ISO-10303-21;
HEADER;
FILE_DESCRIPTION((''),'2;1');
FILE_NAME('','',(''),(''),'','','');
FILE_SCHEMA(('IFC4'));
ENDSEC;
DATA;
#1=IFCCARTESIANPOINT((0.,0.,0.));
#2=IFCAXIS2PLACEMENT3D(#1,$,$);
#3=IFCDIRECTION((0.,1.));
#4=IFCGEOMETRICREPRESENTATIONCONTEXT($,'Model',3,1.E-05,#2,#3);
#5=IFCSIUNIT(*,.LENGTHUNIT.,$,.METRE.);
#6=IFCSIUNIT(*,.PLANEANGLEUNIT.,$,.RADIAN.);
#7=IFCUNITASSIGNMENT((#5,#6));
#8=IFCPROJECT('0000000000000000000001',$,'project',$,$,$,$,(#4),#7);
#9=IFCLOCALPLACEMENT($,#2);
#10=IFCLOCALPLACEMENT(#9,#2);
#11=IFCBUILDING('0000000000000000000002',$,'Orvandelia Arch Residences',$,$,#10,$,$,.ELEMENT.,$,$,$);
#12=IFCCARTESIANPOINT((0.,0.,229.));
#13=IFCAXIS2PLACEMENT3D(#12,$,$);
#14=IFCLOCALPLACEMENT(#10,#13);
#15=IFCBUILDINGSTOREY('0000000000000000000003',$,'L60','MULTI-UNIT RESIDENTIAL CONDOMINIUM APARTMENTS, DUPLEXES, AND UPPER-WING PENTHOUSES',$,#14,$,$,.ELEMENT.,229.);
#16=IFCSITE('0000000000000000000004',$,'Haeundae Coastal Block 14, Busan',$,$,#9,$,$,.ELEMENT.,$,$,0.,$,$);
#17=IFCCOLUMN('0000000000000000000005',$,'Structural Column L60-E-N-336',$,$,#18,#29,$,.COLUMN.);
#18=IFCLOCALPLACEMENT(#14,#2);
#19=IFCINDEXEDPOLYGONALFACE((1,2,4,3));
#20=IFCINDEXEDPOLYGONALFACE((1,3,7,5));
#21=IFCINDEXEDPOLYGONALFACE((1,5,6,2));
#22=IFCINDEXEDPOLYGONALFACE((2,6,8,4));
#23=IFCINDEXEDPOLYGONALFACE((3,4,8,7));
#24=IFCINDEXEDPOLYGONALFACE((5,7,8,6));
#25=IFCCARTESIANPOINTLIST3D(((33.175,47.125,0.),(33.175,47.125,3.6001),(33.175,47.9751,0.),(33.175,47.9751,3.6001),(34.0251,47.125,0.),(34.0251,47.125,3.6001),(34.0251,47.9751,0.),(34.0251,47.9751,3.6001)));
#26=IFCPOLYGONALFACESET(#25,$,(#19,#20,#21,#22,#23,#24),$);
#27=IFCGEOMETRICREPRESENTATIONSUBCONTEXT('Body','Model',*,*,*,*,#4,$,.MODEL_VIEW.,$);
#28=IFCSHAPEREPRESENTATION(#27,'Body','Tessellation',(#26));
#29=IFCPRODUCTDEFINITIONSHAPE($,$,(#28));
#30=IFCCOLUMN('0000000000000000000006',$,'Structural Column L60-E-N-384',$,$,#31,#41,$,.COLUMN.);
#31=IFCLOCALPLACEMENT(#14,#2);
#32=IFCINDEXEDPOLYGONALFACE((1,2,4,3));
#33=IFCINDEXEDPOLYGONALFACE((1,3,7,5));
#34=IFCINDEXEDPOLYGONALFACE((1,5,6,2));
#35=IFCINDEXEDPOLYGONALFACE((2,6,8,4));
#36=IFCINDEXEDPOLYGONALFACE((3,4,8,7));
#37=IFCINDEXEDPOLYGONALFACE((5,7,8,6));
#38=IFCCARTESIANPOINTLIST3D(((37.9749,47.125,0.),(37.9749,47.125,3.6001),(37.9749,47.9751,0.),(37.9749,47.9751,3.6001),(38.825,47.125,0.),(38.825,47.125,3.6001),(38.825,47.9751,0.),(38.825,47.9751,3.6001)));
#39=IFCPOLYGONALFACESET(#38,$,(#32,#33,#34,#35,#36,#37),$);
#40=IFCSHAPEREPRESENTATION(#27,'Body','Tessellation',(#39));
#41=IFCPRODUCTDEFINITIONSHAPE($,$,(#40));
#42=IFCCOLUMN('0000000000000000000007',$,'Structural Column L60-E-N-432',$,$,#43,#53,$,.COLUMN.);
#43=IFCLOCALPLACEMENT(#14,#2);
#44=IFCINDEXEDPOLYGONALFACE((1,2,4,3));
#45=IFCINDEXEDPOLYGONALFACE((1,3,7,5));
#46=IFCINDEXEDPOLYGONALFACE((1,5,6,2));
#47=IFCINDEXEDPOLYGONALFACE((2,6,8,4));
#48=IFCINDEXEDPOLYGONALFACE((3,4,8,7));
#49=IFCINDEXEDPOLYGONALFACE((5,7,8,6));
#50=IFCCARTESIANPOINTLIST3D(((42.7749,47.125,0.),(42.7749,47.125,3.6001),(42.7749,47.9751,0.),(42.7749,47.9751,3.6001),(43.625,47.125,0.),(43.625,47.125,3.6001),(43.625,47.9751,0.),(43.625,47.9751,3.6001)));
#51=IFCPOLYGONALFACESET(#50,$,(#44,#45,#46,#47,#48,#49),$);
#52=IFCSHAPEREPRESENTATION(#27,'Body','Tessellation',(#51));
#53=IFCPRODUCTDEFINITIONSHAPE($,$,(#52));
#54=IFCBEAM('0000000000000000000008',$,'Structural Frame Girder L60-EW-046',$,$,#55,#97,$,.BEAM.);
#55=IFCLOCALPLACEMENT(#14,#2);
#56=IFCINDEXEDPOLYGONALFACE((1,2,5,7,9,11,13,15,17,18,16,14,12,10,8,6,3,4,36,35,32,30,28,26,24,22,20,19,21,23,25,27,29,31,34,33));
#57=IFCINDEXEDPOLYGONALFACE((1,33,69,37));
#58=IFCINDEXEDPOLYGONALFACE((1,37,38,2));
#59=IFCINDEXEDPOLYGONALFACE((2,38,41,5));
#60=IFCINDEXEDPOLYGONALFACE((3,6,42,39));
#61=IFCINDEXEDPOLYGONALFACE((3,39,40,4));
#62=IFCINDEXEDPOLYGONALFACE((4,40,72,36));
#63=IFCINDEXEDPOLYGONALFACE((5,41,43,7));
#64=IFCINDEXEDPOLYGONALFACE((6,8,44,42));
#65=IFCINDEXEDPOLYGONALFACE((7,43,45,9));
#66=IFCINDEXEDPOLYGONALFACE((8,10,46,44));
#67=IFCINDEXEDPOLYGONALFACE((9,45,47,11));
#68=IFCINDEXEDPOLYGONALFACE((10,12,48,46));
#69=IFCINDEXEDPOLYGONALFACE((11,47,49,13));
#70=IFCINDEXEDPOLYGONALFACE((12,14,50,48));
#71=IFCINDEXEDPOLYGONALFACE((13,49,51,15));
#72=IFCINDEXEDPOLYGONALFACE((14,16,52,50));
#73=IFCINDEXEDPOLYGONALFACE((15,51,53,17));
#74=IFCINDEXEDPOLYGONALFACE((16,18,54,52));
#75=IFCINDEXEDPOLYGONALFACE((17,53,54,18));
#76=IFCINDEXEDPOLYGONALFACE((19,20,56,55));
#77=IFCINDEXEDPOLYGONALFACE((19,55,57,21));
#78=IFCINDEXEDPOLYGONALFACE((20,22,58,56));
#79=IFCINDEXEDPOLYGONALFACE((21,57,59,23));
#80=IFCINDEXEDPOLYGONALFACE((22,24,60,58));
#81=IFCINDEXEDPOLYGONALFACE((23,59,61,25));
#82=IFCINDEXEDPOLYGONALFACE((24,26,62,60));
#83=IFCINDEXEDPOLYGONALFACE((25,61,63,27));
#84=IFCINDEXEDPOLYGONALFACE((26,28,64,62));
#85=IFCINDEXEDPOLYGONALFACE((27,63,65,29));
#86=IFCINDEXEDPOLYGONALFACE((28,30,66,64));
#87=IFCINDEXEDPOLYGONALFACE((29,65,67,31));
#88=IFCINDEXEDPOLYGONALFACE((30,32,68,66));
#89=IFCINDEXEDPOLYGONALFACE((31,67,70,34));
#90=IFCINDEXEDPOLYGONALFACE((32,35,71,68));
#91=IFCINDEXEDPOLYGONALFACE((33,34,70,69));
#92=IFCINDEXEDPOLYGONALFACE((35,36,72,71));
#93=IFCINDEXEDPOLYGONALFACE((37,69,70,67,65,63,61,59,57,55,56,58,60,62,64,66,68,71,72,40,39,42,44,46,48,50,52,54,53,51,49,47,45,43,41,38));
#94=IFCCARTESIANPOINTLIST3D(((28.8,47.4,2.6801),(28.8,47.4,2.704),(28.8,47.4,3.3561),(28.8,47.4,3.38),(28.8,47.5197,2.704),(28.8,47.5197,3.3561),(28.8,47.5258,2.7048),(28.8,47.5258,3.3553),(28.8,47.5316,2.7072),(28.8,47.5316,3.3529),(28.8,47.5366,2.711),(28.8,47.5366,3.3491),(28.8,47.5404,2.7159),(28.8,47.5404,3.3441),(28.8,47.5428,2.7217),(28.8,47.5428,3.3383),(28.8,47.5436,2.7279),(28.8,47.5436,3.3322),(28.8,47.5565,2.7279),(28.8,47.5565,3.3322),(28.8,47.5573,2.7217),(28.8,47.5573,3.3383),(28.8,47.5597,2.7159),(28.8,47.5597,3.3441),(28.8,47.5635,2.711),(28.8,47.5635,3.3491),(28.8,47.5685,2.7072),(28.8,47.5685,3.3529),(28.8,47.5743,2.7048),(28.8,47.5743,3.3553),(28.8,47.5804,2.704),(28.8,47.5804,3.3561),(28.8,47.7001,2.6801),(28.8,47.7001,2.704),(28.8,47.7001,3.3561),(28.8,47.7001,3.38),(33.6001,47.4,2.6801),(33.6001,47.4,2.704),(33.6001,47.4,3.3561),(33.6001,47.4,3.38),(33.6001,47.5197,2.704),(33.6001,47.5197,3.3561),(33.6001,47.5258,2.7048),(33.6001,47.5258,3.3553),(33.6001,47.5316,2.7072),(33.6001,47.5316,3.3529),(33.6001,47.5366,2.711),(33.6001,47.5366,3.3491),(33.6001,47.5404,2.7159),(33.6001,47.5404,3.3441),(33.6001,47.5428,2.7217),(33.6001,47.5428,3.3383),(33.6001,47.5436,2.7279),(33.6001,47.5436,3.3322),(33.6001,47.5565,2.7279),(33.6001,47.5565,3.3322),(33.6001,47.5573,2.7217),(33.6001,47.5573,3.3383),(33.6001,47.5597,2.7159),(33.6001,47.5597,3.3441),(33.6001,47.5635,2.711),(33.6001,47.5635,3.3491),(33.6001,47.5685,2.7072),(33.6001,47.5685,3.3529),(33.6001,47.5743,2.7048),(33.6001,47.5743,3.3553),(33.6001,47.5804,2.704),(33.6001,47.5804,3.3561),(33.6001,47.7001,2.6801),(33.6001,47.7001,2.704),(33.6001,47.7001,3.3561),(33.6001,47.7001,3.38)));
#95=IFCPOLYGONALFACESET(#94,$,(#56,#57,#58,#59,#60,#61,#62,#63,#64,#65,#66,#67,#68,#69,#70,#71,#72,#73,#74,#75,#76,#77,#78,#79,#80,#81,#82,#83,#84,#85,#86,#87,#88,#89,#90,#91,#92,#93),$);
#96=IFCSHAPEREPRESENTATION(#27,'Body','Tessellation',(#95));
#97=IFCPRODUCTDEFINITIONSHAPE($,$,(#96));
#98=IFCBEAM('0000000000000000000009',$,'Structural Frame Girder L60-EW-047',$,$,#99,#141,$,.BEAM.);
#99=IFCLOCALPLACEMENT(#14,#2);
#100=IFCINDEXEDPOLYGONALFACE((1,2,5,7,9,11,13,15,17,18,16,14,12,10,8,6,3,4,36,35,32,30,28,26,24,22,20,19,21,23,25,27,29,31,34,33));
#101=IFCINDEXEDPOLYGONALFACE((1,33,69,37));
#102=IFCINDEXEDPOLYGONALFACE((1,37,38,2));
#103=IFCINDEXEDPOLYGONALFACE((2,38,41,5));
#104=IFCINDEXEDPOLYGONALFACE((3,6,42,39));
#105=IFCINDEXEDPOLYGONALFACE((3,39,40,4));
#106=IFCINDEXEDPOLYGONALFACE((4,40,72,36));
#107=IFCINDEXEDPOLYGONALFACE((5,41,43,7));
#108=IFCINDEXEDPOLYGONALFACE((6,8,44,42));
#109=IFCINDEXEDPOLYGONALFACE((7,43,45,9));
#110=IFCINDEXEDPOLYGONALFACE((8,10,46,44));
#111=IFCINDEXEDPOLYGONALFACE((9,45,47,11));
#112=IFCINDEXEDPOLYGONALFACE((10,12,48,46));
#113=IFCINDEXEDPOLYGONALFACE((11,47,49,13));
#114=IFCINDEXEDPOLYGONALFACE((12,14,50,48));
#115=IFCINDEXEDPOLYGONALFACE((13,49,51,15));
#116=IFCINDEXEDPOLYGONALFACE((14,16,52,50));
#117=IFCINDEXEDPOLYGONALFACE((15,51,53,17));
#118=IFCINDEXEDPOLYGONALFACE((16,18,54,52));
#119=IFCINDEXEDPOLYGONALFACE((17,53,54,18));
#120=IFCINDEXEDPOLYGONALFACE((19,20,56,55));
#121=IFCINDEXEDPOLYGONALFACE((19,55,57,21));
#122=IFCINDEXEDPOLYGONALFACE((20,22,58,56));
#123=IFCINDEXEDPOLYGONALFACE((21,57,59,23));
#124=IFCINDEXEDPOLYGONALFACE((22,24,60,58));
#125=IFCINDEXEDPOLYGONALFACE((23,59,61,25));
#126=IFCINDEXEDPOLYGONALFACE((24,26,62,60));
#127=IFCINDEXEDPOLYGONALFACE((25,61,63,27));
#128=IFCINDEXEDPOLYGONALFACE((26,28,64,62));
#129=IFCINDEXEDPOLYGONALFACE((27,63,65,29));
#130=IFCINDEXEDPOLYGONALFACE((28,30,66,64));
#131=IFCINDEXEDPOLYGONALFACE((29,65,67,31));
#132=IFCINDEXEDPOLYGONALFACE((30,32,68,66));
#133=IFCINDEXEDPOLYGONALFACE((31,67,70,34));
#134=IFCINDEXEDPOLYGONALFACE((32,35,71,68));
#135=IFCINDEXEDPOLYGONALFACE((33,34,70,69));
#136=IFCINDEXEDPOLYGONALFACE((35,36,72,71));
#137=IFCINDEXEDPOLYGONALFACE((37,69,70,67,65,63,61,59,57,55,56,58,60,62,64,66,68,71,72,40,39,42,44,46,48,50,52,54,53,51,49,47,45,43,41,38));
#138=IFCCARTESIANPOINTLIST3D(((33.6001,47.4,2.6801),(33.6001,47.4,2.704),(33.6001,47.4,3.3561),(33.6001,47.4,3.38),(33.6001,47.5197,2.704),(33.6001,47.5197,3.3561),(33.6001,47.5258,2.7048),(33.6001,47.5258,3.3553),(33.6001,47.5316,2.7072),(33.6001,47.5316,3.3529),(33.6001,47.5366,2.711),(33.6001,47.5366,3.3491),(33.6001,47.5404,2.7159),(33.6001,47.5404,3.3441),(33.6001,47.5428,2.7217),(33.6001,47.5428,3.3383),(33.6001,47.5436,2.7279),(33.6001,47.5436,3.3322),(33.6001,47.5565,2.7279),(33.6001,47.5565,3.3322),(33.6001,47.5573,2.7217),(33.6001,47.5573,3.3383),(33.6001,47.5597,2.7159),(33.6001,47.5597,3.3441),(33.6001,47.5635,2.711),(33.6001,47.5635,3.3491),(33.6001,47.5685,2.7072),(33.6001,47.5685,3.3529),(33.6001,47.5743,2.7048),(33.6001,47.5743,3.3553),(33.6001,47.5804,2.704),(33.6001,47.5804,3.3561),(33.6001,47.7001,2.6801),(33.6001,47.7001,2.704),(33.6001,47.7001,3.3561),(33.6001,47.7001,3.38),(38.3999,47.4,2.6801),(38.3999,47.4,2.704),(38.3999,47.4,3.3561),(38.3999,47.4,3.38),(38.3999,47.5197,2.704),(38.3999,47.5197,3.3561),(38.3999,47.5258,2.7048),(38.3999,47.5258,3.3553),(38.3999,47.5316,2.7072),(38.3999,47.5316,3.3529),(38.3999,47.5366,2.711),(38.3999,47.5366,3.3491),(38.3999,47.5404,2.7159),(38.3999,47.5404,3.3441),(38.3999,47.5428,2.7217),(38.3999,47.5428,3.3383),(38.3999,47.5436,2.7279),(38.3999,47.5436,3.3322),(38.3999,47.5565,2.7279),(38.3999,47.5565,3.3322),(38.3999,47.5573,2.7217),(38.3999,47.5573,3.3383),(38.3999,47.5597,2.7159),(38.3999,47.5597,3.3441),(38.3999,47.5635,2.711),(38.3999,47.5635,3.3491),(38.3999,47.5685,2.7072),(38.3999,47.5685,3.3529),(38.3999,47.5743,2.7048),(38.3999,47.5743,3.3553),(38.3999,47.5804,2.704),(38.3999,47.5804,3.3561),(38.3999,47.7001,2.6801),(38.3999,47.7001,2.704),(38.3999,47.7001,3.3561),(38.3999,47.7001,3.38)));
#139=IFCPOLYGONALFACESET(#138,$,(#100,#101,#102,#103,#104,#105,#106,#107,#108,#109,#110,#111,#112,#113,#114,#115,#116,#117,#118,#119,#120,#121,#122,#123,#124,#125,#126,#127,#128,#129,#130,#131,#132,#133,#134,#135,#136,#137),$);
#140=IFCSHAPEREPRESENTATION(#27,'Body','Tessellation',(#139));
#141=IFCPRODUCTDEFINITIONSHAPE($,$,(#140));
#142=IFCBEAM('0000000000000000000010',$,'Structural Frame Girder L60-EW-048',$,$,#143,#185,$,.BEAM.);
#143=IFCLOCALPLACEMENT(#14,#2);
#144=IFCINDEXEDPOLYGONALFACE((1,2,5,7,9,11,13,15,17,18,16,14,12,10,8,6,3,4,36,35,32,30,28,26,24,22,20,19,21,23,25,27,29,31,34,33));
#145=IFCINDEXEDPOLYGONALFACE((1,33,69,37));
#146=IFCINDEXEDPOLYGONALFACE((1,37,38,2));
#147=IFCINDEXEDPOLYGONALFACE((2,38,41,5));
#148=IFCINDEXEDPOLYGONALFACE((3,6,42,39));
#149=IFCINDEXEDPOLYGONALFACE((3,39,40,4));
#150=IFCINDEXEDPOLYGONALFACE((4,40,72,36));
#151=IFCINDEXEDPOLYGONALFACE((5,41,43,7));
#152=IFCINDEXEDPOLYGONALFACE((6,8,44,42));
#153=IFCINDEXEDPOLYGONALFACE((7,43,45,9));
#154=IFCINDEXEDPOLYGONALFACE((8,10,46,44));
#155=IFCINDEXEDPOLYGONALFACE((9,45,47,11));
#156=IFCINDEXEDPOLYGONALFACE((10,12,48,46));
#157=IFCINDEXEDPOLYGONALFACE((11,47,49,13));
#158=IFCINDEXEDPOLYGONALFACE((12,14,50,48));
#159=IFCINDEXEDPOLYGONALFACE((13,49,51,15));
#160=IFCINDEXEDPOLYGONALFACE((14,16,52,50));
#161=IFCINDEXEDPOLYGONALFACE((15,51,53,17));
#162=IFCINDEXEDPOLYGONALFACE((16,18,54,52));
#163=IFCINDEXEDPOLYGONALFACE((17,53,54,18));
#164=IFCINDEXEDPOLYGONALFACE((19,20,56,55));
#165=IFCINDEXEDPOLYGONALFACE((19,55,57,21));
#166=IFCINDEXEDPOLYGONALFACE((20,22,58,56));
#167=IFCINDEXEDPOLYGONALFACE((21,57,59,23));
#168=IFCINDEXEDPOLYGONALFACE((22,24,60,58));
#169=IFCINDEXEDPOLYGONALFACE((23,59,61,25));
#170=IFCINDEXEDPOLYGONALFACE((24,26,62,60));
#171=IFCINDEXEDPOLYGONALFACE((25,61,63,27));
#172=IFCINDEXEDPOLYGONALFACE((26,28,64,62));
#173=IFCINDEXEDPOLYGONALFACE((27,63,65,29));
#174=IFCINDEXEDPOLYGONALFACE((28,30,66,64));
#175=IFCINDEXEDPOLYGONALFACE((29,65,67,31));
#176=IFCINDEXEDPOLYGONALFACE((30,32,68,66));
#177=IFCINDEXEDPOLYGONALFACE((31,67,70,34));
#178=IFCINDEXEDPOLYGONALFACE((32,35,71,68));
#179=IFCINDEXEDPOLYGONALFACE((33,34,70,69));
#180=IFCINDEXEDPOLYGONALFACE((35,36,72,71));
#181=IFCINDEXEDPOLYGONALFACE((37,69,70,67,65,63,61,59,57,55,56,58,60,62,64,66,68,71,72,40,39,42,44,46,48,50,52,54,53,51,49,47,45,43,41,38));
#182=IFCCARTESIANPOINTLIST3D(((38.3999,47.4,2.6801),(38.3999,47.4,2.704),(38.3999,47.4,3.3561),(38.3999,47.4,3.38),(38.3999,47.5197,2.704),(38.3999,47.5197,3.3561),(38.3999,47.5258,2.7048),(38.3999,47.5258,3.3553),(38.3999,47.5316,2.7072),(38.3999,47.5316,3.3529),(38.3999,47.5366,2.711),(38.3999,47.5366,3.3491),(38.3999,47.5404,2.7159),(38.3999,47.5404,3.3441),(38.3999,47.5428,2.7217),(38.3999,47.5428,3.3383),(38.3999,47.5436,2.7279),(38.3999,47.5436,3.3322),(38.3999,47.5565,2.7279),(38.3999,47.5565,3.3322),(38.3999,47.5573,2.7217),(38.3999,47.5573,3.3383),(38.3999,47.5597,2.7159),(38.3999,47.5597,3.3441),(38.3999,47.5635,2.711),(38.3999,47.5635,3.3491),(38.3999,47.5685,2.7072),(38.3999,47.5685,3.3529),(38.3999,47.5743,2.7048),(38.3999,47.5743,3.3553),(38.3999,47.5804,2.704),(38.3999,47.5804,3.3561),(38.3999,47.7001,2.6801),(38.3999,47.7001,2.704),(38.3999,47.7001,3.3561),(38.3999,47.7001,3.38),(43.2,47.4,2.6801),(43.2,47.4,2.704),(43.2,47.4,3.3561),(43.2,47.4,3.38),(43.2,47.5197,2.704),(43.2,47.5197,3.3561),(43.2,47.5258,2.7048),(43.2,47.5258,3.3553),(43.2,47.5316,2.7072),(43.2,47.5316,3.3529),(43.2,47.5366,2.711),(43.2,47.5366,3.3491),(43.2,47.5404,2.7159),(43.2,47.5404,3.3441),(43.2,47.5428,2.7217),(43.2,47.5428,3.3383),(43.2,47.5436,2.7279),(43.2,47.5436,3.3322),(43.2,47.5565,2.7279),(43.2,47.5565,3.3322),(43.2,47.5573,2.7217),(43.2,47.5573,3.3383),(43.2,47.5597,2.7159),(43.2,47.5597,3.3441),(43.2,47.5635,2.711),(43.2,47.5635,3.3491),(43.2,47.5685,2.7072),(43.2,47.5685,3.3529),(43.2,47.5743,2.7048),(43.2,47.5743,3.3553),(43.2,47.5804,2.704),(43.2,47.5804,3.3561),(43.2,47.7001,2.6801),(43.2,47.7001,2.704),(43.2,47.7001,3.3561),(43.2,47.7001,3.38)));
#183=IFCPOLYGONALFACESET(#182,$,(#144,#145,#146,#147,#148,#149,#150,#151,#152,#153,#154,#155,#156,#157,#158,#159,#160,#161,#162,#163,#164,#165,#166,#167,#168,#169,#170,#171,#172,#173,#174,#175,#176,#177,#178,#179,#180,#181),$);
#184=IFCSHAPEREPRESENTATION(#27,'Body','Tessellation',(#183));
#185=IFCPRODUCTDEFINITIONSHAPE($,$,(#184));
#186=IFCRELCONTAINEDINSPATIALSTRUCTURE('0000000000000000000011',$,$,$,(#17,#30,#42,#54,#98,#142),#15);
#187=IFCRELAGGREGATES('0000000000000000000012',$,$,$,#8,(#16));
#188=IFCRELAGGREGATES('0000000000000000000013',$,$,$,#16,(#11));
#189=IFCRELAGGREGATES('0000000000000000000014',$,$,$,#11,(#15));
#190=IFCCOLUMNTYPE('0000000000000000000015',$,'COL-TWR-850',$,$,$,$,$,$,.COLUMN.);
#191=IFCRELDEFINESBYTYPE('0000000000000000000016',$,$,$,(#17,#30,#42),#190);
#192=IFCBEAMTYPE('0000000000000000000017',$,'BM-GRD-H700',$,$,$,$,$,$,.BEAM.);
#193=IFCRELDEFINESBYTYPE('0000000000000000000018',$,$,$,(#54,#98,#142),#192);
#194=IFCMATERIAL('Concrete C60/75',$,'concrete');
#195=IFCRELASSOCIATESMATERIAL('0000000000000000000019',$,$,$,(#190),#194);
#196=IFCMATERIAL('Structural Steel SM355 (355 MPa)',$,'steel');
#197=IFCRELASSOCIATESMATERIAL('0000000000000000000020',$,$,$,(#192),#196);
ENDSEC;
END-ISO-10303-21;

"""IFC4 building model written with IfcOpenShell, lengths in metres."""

from ifc_helpers import new_model, si_unit, direction, frame, origin, origin_2d, place, context, subcontext, project, spatial, rectangle, i_section, extrude, material, material_profile, profile_set, type_object, element, save


model = new_model("IFC4")

# Units and contexts
model_context = context("Model", 3, precision=1e-05, world=origin(), true_north=direction((0.0, 1.0)))
body_context = subcontext(model_context, "Body", "Model", "MODEL_VIEW")
ifc_project = project(units=[si_unit("LENGTHUNIT", "METRE"), si_unit("PLANEANGLEUNIT", "RADIAN")], contexts=[model_context])

# Site, building, storey
site_placement = place(None, origin())
site = spatial("IfcSite", under=ifc_project, at=site_placement, Name="Haeundae Coastal Block 14, Busan", CompositionType="ELEMENT", RefElevation=0.0)
building_placement = place(site_placement, origin())
building = spatial("IfcBuilding", under=site, at=building_placement, Name="Orvandelia Arch Residences", CompositionType="ELEMENT")
storey_placement = place(building_placement, frame((0.0, 0.0, 229.0)))
storey = spatial("IfcBuildingStorey", under=building, at=storey_placement, Name="L60", Description="MULTI-UNIT RESIDENTIAL CONDOMINIUM APARTMENTS, DUPLEXES, AND UPPER-WING PENTHOUSES", CompositionType="ELEMENT", Elevation=229.0)

# Columns
ifc_material_1 = material(Name="Concrete C60/75", Category="concrete")
ifc_material_profile_1 = material_profile(ifc_material_1, rectangle(XDim=0.8501, YDim=0.8501, at=origin_2d()), Name="Concrete C60/75", Category="concrete")
ifc_profile_set_1 = profile_set([ifc_material_profile_1], Name="Concrete C60/75")
column_type = type_object("IfcColumnType", Name="COL-TWR-850", PredefinedType="COLUMN", material=ifc_profile_set_1)
for number, where, z_axis, x_axis, name in (
    (1, (33.6001, 47.55, 0.0), (0.0, 0.0, 1.0), (1.0, 0.0, 0.0), "Structural Column L60-E-N-336"),
    (2, (38.3999, 47.55, 0.0), (0.0, 0.0, 1.0), (1.0, 0.0, 0.0), "Structural Column L60-E-N-384"),
    (3, (43.2, 47.55, 0.0), (0.0, 0.0, 1.0), (1.0, 0.0, 0.0), "Structural Column L60-E-N-432"),
):
    element("IfcColumn", number, at=place(storey_placement, frame(where, z_axis=z_axis, x_axis=x_axis)), inside=storey, type_object=column_type, Name=name, PredefinedType="COLUMN", context=body_context, shape_type="SweptSolid", body=[
        extrude(rectangle(XDim=0.8501, YDim=0.8501, at=origin_2d()), origin(), (0.0, 0.0, 1.0), 3.6001),
    ])

# Beams
ifc_material_2 = material(Name="Structural Steel SM355 (355 MPa)", Category="steel")
ifc_material_profile_2 = material_profile(ifc_material_2, i_section(OverallWidth=0.3, OverallDepth=0.7, WebThickness=0.0129, FlangeThickness=0.0239, FilletRadius=0.0239, at=origin_2d()), Name="Structural Steel SM355 (355 MPa)", Category="steel")
ifc_profile_set_2 = profile_set([ifc_material_profile_2], Name="Structural Steel SM355 (355 MPa)")
beam_type = type_object("IfcBeamType", Name="BM-GRD-H700", PredefinedType="BEAM", material=ifc_profile_set_2)
beam_1_placement = place(storey_placement, frame((28.8, 47.55, 3.03), z_axis=(1.0, 0.0, 0.0), x_axis=(0.0, 1.0, 0.0)))
element("IfcBeam", 4, at=beam_1_placement, inside=storey, type_object=beam_type, Name="Structural Frame Girder L60-EW-046", PredefinedType="BEAM", context=body_context, shape_type="SweptSolid", body=[
    extrude(i_section(OverallWidth=0.3, OverallDepth=0.7, WebThickness=0.0129, FlangeThickness=0.0239, FilletRadius=0.0239, at=origin_2d()), origin(), (0.0, 0.0, 1.0), 4.8),
])
beam_2_placement = place(storey_placement, frame((33.6001, 47.55, 3.03), z_axis=(1.0, 0.0, 0.0), x_axis=(0.0, 1.0, 0.0)))
element("IfcBeam", 5, at=beam_2_placement, inside=storey, type_object=beam_type, Name="Structural Frame Girder L60-EW-047", PredefinedType="BEAM", context=body_context, shape_type="SweptSolid", body=[
    extrude(i_section(OverallWidth=0.3, OverallDepth=0.7, WebThickness=0.0129, FlangeThickness=0.0239, FilletRadius=0.0239, at=origin_2d()), origin(), (0.0, 0.0, 1.0), 4.7998),
])
for number, where, z_axis, x_axis, name in (
    (6, (38.3999, 47.55, 3.03), (1.0, 0.0, 0.0), (0.0, 1.0, 0.0), "Structural Frame Girder L60-EW-048"),
):
    element("IfcBeam", number, at=place(storey_placement, frame(where, z_axis=z_axis, x_axis=x_axis)), inside=storey, type_object=beam_type, Name=name, PredefinedType="BEAM", context=body_context, shape_type="SweptSolid", body=[
        extrude(i_section(OverallWidth=0.3, OverallDepth=0.7, WebThickness=0.0129, FlangeThickness=0.0239, FilletRadius=0.0239, at=origin_2d()), origin(), (0.0, 0.0, 1.0), 4.8),
    ])

save(model, "model.ifc")
